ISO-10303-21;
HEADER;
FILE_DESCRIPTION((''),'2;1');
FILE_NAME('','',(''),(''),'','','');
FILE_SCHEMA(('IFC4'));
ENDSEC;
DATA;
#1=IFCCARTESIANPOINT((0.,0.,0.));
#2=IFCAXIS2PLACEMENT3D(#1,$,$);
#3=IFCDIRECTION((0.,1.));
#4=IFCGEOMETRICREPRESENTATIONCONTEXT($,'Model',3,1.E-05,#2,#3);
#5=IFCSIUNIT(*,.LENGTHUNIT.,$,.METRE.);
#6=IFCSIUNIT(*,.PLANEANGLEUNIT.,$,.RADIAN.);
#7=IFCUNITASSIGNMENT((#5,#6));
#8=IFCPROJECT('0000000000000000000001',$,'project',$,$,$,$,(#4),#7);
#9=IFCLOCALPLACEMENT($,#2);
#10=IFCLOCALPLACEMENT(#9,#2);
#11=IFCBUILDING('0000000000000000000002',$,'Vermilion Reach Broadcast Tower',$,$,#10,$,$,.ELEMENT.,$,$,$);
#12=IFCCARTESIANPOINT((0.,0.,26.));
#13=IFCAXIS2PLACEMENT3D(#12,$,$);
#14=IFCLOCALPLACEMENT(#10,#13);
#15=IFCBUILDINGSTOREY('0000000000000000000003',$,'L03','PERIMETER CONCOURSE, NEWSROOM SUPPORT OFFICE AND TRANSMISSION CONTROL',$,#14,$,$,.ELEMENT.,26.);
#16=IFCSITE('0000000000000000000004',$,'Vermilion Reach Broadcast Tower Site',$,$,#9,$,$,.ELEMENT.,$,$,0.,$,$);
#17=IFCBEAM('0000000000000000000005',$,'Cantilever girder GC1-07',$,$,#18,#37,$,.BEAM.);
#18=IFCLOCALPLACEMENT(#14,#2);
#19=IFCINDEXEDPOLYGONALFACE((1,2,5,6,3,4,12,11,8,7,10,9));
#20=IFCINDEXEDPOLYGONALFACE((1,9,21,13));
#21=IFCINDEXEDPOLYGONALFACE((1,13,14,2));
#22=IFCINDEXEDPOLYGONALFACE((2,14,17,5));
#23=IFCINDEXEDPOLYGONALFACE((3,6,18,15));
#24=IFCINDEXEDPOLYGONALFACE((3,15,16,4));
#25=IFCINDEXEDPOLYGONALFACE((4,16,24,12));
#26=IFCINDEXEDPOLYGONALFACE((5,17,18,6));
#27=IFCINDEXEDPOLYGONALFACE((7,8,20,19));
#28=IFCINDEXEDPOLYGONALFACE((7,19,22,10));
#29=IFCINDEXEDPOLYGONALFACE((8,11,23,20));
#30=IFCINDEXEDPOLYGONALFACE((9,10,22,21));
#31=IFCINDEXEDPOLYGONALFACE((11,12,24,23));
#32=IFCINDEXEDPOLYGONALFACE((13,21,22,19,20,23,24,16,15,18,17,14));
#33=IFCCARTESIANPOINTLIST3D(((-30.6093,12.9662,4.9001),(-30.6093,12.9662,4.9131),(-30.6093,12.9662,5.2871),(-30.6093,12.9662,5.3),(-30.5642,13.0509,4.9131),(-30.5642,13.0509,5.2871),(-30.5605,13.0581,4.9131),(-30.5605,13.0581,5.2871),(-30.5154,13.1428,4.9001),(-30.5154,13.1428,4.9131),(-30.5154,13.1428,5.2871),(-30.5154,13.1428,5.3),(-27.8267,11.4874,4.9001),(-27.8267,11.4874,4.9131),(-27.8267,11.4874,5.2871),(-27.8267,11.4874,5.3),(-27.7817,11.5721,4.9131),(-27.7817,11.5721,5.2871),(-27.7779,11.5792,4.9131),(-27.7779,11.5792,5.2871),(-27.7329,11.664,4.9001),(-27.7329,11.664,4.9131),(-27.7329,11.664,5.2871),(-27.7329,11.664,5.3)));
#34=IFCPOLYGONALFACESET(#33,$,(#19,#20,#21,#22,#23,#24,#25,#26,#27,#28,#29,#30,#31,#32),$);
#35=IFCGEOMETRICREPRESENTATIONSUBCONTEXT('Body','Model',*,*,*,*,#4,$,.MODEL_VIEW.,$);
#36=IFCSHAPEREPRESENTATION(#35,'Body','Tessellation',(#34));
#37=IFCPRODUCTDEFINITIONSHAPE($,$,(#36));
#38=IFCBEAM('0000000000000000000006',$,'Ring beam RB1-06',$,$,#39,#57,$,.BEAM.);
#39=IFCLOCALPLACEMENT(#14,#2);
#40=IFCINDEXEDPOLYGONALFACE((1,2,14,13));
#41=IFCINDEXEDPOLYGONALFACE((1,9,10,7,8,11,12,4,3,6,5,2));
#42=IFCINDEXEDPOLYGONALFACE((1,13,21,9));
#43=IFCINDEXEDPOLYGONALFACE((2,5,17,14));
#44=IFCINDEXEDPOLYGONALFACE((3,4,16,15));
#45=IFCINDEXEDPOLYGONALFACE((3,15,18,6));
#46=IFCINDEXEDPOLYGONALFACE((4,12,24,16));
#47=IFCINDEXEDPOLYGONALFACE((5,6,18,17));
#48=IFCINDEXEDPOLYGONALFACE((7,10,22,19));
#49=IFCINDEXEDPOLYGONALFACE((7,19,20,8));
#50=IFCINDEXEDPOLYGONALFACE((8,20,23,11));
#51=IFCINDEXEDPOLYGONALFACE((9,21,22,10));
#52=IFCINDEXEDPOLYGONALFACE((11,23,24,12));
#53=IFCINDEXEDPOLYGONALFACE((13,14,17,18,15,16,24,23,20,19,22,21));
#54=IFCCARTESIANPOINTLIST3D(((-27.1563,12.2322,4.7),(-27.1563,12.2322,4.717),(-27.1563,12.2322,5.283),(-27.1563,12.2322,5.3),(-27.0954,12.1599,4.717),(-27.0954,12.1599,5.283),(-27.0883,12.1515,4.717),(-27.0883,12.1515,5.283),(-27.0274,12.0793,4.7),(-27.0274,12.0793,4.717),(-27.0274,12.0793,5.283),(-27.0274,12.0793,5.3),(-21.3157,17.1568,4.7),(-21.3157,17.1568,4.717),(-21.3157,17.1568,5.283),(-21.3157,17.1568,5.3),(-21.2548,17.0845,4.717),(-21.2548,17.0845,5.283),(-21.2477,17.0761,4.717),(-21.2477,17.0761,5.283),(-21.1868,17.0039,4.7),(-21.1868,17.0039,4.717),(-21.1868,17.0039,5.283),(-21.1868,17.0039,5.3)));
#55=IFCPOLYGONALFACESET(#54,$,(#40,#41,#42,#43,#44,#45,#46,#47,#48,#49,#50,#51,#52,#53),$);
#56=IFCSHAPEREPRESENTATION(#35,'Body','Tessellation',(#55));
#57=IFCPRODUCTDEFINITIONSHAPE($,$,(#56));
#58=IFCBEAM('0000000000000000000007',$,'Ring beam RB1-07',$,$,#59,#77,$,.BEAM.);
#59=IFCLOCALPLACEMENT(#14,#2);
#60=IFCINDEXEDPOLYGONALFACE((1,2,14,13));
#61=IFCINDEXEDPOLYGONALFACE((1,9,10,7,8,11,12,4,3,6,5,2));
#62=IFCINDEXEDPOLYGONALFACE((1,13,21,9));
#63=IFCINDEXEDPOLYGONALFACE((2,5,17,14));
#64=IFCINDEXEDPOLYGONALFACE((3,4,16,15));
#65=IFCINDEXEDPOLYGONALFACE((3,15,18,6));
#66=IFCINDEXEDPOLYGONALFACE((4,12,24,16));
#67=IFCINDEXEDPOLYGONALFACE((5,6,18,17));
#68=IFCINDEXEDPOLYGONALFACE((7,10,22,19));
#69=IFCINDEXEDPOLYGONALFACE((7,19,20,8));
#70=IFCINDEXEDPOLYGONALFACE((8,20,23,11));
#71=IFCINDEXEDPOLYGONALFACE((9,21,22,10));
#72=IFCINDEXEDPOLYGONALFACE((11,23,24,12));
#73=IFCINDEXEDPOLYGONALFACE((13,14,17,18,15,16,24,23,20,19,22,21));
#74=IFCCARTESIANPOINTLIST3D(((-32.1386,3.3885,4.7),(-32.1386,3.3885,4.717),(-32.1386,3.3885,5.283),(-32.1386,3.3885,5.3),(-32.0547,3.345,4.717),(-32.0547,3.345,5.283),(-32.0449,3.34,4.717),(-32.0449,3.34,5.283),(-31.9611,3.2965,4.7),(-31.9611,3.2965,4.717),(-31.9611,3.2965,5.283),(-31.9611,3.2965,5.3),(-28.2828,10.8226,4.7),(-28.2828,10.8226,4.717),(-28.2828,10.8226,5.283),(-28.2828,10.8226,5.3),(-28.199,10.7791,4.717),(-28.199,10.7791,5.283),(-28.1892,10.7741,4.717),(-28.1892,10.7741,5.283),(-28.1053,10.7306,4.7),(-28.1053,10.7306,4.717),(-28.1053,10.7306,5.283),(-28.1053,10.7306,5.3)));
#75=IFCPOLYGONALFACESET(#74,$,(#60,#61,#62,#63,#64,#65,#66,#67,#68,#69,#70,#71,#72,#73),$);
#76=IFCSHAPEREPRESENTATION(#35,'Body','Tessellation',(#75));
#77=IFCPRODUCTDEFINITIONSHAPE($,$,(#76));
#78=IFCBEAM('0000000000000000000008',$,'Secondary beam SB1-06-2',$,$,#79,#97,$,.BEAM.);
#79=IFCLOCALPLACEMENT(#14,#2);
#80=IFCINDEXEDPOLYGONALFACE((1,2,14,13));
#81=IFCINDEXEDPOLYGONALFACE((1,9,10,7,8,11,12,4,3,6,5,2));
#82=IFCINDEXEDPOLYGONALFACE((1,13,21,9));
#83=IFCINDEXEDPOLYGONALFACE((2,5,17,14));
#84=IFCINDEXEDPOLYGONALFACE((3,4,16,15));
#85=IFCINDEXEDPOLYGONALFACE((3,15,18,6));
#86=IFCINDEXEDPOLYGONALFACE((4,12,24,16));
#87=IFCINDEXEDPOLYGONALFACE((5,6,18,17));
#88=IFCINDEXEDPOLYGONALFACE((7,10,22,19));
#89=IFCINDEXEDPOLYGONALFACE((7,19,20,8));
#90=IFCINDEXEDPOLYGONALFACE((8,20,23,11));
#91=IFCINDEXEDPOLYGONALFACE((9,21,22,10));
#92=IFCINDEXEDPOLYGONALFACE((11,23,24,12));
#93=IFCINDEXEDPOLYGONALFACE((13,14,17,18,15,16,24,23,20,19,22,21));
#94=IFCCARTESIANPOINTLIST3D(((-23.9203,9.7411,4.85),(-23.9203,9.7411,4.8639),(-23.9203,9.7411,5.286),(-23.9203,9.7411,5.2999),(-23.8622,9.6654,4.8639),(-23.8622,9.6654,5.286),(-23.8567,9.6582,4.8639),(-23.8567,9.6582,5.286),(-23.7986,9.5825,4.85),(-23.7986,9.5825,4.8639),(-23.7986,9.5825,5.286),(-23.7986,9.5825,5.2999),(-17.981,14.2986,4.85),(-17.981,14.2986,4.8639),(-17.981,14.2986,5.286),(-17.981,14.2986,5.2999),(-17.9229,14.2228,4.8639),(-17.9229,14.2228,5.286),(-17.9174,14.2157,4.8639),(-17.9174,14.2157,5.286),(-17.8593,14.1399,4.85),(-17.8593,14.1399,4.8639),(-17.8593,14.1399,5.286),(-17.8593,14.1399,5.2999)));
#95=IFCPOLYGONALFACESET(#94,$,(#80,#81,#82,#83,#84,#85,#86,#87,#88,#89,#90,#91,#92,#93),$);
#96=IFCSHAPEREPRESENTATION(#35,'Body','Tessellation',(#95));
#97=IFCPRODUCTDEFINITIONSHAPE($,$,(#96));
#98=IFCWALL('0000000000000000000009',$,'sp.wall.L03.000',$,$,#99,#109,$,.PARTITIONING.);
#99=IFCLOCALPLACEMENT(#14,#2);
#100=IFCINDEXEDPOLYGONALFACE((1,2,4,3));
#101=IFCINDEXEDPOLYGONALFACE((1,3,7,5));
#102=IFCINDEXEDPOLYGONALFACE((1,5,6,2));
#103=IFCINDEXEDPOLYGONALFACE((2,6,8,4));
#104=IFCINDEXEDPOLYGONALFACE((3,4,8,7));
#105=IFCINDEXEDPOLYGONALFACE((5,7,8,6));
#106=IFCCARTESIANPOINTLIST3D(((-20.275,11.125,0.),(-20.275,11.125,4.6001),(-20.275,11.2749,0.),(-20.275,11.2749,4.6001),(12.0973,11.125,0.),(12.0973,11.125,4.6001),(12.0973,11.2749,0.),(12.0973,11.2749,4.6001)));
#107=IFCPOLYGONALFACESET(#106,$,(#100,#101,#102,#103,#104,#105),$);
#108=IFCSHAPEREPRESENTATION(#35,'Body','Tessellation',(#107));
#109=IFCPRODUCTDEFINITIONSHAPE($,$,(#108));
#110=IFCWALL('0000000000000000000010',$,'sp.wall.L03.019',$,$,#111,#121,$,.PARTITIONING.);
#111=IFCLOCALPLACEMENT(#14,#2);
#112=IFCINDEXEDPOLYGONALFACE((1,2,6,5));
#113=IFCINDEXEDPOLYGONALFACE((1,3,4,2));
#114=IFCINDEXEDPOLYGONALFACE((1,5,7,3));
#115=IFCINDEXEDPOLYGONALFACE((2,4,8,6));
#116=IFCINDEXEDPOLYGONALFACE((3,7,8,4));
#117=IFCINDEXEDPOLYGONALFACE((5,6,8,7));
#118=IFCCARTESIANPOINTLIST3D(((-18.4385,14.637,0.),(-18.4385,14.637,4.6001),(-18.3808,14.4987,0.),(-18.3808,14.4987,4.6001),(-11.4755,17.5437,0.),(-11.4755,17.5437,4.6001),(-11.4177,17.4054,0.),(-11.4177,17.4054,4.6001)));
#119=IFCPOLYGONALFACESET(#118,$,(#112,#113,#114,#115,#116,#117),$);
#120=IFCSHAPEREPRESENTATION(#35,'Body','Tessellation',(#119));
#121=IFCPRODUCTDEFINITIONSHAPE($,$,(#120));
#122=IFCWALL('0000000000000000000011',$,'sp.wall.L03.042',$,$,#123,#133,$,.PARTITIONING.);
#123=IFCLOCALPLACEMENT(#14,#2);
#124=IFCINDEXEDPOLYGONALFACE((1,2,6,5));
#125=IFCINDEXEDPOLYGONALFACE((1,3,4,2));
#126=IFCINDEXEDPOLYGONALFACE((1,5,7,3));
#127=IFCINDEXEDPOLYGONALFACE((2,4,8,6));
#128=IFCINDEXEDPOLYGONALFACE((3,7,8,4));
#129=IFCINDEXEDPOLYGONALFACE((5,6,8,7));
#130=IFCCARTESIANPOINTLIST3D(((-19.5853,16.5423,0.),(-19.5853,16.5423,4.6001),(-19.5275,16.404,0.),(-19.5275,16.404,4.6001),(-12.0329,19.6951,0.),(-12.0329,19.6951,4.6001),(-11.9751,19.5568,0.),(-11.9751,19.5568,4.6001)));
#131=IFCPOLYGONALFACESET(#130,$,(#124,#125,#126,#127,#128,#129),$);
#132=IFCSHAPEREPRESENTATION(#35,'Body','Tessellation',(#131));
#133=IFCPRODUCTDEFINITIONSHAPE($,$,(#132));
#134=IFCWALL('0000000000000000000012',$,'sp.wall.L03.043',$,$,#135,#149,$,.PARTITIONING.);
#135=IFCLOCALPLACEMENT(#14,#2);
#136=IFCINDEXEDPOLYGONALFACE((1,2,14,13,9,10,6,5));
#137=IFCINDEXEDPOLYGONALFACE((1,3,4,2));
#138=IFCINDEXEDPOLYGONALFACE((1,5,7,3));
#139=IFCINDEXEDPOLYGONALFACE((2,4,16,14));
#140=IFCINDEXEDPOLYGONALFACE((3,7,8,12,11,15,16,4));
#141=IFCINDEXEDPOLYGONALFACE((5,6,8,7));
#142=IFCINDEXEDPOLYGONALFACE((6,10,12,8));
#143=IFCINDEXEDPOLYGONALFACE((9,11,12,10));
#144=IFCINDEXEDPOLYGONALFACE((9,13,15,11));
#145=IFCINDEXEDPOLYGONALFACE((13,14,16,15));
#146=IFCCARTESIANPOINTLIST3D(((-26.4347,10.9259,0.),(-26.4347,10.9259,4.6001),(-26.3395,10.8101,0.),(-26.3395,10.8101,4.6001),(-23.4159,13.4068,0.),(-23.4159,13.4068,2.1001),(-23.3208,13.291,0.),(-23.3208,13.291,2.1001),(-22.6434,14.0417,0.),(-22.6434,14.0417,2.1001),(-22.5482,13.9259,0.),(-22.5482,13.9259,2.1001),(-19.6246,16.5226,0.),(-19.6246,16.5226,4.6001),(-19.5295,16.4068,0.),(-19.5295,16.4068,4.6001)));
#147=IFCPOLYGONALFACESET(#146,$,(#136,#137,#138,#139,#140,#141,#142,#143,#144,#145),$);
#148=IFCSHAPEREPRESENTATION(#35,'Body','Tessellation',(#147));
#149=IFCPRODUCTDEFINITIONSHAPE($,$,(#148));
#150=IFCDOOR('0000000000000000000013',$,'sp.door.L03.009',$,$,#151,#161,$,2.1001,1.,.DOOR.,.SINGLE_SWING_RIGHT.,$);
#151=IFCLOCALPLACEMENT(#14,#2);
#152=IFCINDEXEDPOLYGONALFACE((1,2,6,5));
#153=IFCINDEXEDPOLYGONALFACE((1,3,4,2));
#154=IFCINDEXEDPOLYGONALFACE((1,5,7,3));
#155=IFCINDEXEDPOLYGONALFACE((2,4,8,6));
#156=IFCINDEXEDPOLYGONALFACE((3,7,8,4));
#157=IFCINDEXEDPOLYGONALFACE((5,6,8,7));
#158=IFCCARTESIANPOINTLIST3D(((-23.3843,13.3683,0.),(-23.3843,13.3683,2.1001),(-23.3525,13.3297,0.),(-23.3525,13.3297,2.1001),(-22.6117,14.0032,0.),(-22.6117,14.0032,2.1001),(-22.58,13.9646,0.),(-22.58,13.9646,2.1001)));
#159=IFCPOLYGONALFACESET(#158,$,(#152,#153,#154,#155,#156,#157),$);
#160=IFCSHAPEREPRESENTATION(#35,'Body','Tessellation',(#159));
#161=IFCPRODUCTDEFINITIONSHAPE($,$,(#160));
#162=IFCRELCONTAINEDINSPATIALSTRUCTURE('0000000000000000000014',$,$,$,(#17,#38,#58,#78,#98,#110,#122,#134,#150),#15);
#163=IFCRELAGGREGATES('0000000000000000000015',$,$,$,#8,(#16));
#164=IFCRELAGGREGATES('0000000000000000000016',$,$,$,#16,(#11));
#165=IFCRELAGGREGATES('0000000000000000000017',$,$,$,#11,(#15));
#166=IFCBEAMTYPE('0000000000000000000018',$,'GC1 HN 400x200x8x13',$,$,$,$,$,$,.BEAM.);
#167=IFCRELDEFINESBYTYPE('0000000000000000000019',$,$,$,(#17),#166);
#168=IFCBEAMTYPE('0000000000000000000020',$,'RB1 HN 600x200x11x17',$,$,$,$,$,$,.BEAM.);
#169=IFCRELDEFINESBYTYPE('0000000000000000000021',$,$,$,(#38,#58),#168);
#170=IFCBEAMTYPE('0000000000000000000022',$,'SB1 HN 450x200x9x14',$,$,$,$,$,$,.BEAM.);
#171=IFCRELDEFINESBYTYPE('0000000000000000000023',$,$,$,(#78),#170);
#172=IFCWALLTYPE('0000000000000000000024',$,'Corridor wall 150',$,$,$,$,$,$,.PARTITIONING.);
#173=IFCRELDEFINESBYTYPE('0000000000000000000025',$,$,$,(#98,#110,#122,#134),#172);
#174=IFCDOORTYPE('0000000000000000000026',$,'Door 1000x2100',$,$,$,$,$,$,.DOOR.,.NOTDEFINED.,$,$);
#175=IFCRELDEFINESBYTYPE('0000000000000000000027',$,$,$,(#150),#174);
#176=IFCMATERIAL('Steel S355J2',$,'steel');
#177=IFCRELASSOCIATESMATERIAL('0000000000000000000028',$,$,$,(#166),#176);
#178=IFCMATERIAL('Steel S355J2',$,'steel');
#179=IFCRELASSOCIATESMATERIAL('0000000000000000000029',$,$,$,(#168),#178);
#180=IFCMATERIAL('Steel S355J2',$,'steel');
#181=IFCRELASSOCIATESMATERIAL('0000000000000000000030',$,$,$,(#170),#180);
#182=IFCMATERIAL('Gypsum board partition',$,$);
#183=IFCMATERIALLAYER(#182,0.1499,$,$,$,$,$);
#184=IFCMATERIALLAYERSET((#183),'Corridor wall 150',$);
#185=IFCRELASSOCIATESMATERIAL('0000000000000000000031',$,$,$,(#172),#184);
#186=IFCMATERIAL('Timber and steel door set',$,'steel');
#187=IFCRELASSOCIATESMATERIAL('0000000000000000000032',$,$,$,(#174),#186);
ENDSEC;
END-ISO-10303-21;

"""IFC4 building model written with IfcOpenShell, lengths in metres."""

from ifc_helpers import new_model, si_unit, direction, frame, frame_2d, origin, origin_2d, place, context, subcontext, project, spatial, rectangle, i_section, extrude, material, layer, layer_set, material_profile, profile_set, type_object, element, fill, save


model = new_model("IFC4")

# Units and contexts
model_context = context("Model", 3, precision=1e-05, world=origin(), true_north=direction((0.0, 1.0)))
body_context = subcontext(model_context, "Body", "Model", "MODEL_VIEW")
ifc_project = project(units=[si_unit("LENGTHUNIT", "METRE"), si_unit("PLANEANGLEUNIT", "RADIAN")], contexts=[model_context])

# Site, building, storey
site_placement = place(None, origin())
site = spatial("IfcSite", under=ifc_project, at=site_placement, Name="Vermilion Reach Broadcast Tower Site", CompositionType="ELEMENT", RefElevation=0.0)
building_placement = place(site_placement, origin())
building = spatial("IfcBuilding", under=site, at=building_placement, Name="Vermilion Reach Broadcast Tower", CompositionType="ELEMENT")
storey_placement = place(building_placement, frame((0.0, 0.0, 26.0)))
storey = spatial("IfcBuildingStorey", under=building, at=storey_placement, Name="L03", Description="PERIMETER CONCOURSE, NEWSROOM SUPPORT OFFICE AND TRANSMISSION CONTROL", CompositionType="ELEMENT", Elevation=26.0)

# Beams
ifc_material_1 = material(Name="Steel S355J2", Category="steel")
ifc_material_profile_1 = material_profile(ifc_material_1, i_section(OverallWidth=0.2, OverallDepth=0.3999, WebThickness=0.0081, FlangeThickness=0.0129, at=origin_2d()), Name="S355J2 HN 400x200x8x13")
ifc_profile_set_1 = profile_set([ifc_material_profile_1], Name="Steel S355J2")
beam_type_1 = type_object("IfcBeamType", Name="GC1 HN 400x200x8x13", PredefinedType="BEAM", material=ifc_profile_set_1)
beam_1_placement = place(storey_placement, frame((-27.7798, 11.5757, 5.1001), z_axis=(-0.88304, 0.469297, 0.0), x_axis=(-0.469297, -0.88304, 0.0)))
element("IfcBeam", 1, at=beam_1_placement, inside=storey, type_object=beam_type_1, Name="Cantilever girder GC1-07", PredefinedType="BEAM", context=body_context, shape_type="SweptSolid", body=[
    extrude(i_section(OverallWidth=0.2, OverallDepth=0.3999, WebThickness=0.0081, FlangeThickness=0.0129, at=origin_2d()), origin(), (0.0, 0.0, 1.0), 3.1511),
])
ifc_material_2 = material(Name="Steel S355J2", Category="steel")
ifc_material_profile_2 = material_profile(ifc_material_2, i_section(OverallWidth=0.2, OverallDepth=0.6001, WebThickness=0.011, FlangeThickness=0.0171, at=origin_2d()), Name="S355J2 HN 600x200x11x17")
ifc_profile_set_2 = profile_set([ifc_material_profile_2], Name="Steel S355J2")
beam_type_2 = type_object("IfcBeamType", Name="RB1 HN 600x200x11x17", PredefinedType="BEAM", material=ifc_profile_set_2)
beam_2_placement = place(storey_placement, frame((-21.2512, 17.0803, 5.0), z_axis=(-0.764512, -0.644609, 0.0), x_axis=(0.644609, -0.764512, 0.0)))
element("IfcBeam", 2, at=beam_2_placement, inside=storey, type_object=beam_type_2, Name="Ring beam RB1-06", PredefinedType="BEAM", context=body_context, shape_type="SweptSolid", body=[
    extrude(i_section(OverallWidth=0.2, OverallDepth=0.6001, WebThickness=0.011, FlangeThickness=0.0171, at=origin_2d()), origin(), (0.0, 0.0, 1.0), 7.6396),
])
beam_3_placement = place(storey_placement, frame((-28.1941, 10.7766, 5.0), z_axis=(-0.460412, -0.887706, 0.0), x_axis=(0.887706, -0.460412, 0.0)))
element("IfcBeam", 3, at=beam_3_placement, inside=storey, type_object=beam_type_2, Name="Ring beam RB1-07", PredefinedType="BEAM", context=body_context, shape_type="SweptSolid", body=[
    extrude(i_section(OverallWidth=0.2, OverallDepth=0.6001, WebThickness=0.011, FlangeThickness=0.0171, at=origin_2d()), origin(), (0.0, 0.0, 1.0), 8.3745),
])
ifc_material_3 = material(Name="Steel S355J2", Category="steel")
ifc_material_profile_3 = material_profile(ifc_material_3, i_section(OverallWidth=0.2, OverallDepth=0.45, WebThickness=0.009, FlangeThickness=0.0139, at=origin_2d()), Name="S355J2 HN 450x200x9x14")
ifc_profile_set_3 = profile_set([ifc_material_profile_3], Name="Steel S355J2")
beam_type_3 = type_object("IfcBeamType", Name="SB1 HN 450x200x9x14", PredefinedType="BEAM", material=ifc_profile_set_3)
beam_4_placement = place(storey_placement, frame((-17.9202, 14.2192, 5.075), z_axis=(-0.79335, -0.608766, 0.0), x_axis=(0.608766, -0.79335, 0.0)))
element("IfcBeam", 4, at=beam_4_placement, inside=storey, type_object=beam_type_3, Name="Secondary beam SB1-06-2", PredefinedType="BEAM", context=body_context, shape_type="SweptSolid", body=[
    extrude(i_section(OverallWidth=0.2, OverallDepth=0.45, WebThickness=0.009, FlangeThickness=0.0139, at=origin_2d()), origin(), (0.0, 0.0, 1.0), 7.4863),
])

# Walls
ifc_material_4 = material(Name="Gypsum board partition")
ifc_layer_1 = layer(ifc_material_4, 0.1499)
ifc_layer_set_1 = layer_set([ifc_layer_1], Name="Corridor wall 150")
wall_type_1 = type_object("IfcWallType", Name="Corridor wall 150", PredefinedType="PARTITIONING", material=ifc_layer_set_1)
wall_1_placement = place(storey_placement, frame((-20.2749, 11.2, 0.0), z_axis=(0.0, 0.0, 1.0), x_axis=(1.0, 0.0, 0.0)))
element("IfcWall", 5, at=wall_1_placement, inside=storey, type_object=wall_type_1, Name="sp.wall.L03.000", PredefinedType="PARTITIONING", context=body_context, shape_type="SweptSolid", body=[
    extrude(rectangle(XDim=32.3723, YDim=0.1499, at=frame_2d((16.186, 0.0))), origin(), (0.0, 0.0, 1.0), 4.6001),
])
wall_2_placement = place(storey_placement, frame((-18.4097, 14.5679, 0.0), z_axis=(0.0, 0.0, 1.0), x_axis=(0.922821, 0.385229, 0.0)))
element("IfcWall", 6, at=wall_2_placement, inside=storey, type_object=wall_type_1, Name="sp.wall.L03.019", PredefinedType="PARTITIONING", context=body_context, shape_type="SweptSolid", body=[
    extrude(rectangle(XDim=7.5454, YDim=0.1499, at=frame_2d((3.7727, 0.0))), origin(), (0.0, 0.0, 1.0), 4.6001),
])
wall_3_placement = place(storey_placement, frame((-19.5564, 16.4731, 0.0), z_axis=(0.0, 0.0, 1.0), x_axis=(0.922818, 0.385236, 0.0)))
element("IfcWall", 7, at=wall_3_placement, inside=storey, type_object=wall_type_1, Name="sp.wall.L03.042", PredefinedType="PARTITIONING", context=body_context, shape_type="SweptSolid", body=[
    extrude(rectangle(XDim=8.1841, YDim=0.1499, at=frame_2d((4.092, 0.0))), origin(), (0.0, 0.0, 1.0), 4.6001),
])

# Wall, opening, door
wall_4_placement = place(storey_placement, frame((-19.5771, 16.4646, 0.0), z_axis=(0.0, 0.0, 1.0), x_axis=(-0.772576, -0.634923, 0.0)))
wall_4 = element("IfcWall", 8, at=wall_4_placement, inside=storey, type_object=wall_type_1, Name="sp.wall.L03.043", PredefinedType="PARTITIONING", context=body_context, shape_type="SweptSolid", body=[
    extrude(rectangle(XDim=8.8147, YDim=0.1499, at=frame_2d((4.4072, 0.0))), origin(), (0.0, 0.0, 1.0), 4.6001),
])
opening_1_placement = place(wall_4_placement, frame((3.9072, 0.0, 0.0)))
opening_1 = element("IfcOpeningElement", 9, at=opening_1_placement, cuts=wall_4, PredefinedType="OPENING", context=body_context, shape_type="SweptSolid", body=[
    extrude(rectangle(XDim=1.0, YDim=2.1001, at=frame_2d((0.5, 1.05))), frame((0.0, 0.085, 0.0), z_axis=(0.0, -1.0, 0.0), x_axis=(1.0, 0.0, 0.0)), (0.0, 0.0, 1.0), 0.1699),
])
ifc_material_5 = material(Name="Timber and steel door set", Category="steel")
door_type = type_object("IfcDoorType", Name="Door 1000x2100", OperationType="NOTDEFINED", PredefinedType="DOOR", material=ifc_material_5)
door_placement = place(opening_1_placement, origin())
door = element("IfcDoor", 10, at=door_placement, inside=storey, type_object=door_type, Name="sp.door.L03.009", OperationType="SINGLE_SWING_RIGHT", OverallHeight=2.1001, OverallWidth=1.0, PredefinedType="DOOR", context=body_context, shape_type="SweptSolid", body=[
    extrude(rectangle(XDim=1.0, YDim=2.1001, at=frame_2d((0.5, 1.05))), frame((0.0, 0.0249, 0.0), z_axis=(0.0, -1.0, 0.0), x_axis=(1.0, 0.0, 0.0)), (0.0, 0.0, 1.0), 0.05),
])
fill(opening_1, door)

save(model, "model.ifc")
